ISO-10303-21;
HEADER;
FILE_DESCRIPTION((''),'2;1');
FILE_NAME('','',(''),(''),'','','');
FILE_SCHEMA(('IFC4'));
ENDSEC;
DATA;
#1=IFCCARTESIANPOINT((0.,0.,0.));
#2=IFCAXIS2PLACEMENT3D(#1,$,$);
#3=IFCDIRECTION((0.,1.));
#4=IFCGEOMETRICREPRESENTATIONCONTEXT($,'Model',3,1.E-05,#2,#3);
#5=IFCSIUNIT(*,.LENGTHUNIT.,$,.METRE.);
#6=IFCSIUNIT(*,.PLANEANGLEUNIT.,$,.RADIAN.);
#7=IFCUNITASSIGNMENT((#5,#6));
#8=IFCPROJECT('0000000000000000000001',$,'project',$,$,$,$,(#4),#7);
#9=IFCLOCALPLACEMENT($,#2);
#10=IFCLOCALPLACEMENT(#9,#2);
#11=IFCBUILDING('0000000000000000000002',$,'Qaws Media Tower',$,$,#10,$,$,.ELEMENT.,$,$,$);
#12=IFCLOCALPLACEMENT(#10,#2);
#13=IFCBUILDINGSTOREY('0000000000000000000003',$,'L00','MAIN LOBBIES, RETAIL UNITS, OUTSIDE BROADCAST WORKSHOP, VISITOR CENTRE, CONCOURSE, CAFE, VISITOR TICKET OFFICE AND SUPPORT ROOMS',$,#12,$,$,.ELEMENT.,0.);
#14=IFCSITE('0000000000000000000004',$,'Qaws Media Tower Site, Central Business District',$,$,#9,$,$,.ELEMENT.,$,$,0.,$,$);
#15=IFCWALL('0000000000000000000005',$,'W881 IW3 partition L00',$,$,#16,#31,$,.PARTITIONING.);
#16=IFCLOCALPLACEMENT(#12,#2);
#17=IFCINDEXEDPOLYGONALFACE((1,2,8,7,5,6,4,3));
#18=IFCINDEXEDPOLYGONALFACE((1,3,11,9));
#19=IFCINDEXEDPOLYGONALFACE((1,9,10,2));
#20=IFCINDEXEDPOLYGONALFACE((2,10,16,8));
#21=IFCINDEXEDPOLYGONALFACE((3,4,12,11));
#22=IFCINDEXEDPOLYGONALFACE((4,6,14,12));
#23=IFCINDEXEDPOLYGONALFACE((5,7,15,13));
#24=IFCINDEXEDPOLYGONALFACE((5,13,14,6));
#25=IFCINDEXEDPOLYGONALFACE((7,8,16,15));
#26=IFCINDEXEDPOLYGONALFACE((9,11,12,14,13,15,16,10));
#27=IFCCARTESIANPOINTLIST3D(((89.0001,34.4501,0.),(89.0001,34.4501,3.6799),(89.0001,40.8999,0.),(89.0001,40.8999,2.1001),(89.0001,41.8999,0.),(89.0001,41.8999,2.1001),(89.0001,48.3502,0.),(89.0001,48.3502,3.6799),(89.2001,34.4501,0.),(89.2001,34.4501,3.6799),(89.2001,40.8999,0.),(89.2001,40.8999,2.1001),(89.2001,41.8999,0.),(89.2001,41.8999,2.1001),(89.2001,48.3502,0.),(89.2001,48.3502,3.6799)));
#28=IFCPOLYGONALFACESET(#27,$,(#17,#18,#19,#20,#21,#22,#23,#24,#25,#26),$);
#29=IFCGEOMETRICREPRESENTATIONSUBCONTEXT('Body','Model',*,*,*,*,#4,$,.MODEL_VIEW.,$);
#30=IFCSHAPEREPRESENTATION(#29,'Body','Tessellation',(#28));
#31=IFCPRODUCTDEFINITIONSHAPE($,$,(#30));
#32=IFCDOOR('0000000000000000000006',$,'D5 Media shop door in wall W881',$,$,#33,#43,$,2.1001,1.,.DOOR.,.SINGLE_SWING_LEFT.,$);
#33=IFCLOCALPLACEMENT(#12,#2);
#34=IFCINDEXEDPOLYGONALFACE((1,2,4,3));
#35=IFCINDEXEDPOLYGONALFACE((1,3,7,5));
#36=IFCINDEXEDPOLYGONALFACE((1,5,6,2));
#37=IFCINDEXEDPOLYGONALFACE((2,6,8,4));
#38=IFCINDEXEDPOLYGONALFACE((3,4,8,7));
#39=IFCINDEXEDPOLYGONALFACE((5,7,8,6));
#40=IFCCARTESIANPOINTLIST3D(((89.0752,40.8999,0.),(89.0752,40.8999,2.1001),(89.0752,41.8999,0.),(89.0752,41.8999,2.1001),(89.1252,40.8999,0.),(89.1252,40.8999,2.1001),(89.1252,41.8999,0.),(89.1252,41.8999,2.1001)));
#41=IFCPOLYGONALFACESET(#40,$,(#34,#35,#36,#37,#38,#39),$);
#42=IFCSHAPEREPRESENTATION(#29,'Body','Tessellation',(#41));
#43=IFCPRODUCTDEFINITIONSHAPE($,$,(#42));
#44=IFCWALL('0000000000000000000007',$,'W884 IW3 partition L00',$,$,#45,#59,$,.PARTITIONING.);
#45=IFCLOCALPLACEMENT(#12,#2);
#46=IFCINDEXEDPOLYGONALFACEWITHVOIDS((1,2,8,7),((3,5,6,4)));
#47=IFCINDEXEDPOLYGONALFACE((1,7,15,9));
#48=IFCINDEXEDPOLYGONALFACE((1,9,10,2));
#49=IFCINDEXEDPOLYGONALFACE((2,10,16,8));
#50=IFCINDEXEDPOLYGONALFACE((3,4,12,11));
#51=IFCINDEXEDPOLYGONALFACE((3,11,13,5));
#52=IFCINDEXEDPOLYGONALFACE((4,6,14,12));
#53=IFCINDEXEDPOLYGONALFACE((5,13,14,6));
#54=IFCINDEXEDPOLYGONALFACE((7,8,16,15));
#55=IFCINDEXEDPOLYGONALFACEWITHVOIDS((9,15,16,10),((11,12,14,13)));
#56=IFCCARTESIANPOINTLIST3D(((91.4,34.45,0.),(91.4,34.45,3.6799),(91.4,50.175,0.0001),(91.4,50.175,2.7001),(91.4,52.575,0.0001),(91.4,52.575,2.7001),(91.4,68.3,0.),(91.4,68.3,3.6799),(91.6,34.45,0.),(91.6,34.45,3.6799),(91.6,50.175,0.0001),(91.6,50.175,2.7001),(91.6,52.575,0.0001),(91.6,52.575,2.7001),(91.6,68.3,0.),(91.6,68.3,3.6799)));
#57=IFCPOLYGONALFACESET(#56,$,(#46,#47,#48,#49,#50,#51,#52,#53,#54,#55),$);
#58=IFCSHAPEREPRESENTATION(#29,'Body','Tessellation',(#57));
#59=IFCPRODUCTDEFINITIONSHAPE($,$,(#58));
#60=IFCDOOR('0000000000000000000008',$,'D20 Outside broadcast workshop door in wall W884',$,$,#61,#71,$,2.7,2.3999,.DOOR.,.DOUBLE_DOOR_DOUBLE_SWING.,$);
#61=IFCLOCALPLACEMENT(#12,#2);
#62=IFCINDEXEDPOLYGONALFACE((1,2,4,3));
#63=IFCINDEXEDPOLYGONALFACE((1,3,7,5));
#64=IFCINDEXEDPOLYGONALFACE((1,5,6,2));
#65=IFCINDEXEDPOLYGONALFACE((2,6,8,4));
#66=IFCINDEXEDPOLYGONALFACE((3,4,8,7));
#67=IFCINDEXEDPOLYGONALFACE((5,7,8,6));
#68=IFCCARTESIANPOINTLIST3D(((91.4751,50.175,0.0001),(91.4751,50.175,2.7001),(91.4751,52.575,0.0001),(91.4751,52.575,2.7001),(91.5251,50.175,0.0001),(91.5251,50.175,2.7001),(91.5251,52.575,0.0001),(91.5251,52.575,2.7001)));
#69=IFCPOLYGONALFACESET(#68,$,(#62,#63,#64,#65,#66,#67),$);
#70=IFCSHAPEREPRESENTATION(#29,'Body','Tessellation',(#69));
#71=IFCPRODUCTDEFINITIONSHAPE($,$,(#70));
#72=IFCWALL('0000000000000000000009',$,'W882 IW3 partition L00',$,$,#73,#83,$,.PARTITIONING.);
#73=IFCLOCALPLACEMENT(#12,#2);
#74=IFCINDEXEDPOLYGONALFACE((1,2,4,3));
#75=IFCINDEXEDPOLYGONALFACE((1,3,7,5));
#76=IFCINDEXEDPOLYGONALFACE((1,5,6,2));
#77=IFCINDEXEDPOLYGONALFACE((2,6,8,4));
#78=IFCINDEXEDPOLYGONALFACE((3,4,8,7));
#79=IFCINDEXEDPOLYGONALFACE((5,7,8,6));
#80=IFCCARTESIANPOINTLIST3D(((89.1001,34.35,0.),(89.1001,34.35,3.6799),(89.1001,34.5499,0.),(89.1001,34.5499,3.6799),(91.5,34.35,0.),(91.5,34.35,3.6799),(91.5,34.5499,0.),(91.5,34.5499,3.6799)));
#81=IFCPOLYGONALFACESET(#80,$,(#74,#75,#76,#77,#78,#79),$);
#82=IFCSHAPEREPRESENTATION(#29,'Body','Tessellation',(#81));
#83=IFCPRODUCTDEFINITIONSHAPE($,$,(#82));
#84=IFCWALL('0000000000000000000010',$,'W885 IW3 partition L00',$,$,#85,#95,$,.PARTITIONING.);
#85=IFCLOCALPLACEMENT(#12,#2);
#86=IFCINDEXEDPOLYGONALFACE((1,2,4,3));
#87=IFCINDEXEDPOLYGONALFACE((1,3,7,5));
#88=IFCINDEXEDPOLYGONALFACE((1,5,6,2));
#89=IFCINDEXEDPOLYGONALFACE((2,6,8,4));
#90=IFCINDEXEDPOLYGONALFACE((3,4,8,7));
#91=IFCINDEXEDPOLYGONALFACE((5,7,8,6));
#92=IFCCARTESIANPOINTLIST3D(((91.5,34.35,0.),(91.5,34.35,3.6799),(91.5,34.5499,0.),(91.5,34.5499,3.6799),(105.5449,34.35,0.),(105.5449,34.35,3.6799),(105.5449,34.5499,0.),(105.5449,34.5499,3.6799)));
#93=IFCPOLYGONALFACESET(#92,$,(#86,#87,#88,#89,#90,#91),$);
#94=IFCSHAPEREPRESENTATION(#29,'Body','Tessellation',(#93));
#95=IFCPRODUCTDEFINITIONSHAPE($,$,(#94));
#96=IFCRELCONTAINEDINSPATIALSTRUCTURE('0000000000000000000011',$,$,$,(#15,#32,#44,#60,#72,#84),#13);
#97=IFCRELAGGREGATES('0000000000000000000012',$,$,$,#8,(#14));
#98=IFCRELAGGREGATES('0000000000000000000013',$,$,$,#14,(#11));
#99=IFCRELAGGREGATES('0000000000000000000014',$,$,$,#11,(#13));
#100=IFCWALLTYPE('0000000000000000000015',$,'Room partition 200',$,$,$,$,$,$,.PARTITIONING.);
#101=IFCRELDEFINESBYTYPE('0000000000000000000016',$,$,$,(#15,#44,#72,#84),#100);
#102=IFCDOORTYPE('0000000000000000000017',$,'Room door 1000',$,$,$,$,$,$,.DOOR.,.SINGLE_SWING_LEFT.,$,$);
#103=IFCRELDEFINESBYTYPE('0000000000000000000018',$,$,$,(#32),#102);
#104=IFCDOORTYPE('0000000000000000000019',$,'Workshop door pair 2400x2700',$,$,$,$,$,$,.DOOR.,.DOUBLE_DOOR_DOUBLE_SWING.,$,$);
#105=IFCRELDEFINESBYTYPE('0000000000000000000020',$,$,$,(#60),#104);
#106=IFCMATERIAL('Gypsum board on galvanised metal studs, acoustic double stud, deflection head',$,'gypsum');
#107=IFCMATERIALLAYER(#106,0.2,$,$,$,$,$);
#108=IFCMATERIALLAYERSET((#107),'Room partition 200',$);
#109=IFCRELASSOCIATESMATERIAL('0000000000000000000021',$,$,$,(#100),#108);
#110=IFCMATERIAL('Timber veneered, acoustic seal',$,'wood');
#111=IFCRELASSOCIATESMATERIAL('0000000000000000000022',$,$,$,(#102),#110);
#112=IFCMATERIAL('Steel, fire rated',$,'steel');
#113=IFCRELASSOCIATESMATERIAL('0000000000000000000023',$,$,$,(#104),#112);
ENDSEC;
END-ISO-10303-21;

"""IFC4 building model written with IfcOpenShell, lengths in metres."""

from ifc_helpers import new_model, si_unit, direction, frame, frame_2d, origin, place, context, subcontext, project, spatial, rectangle, extrude, material, layer, layer_set, type_object, element, fill, save


model = new_model("IFC4")

# Units and contexts
model_context = context("Model", 3, precision=1e-05, world=origin(), true_north=direction((0.0, 1.0)))
body_context = subcontext(model_context, "Body", "Model", "MODEL_VIEW")
ifc_project = project(units=[si_unit("LENGTHUNIT", "METRE"), si_unit("PLANEANGLEUNIT", "RADIAN")], contexts=[model_context])

# Site, building, storey
site_placement = place(None, origin())
site = spatial("IfcSite", under=ifc_project, at=site_placement, Name="Qaws Media Tower Site, Central Business District", CompositionType="ELEMENT", RefElevation=0.0)
building_placement = place(site_placement, origin())
building = spatial("IfcBuilding", under=site, at=building_placement, Name="Qaws Media Tower", CompositionType="ELEMENT")
storey_placement = place(building_placement, origin())
storey = spatial("IfcBuildingStorey", under=building, at=storey_placement, Name="L00", Description="MAIN LOBBIES, RETAIL UNITS, OUTSIDE BROADCAST WORKSHOP, VISITOR CENTRE, CONCOURSE, CAFE, VISITOR TICKET OFFICE AND SUPPORT ROOMS", CompositionType="ELEMENT", Elevation=0.0)

# Walls, openings, doors
ifc_material_1 = material(Name="Gypsum board on galvanised metal studs, acoustic double stud, deflection head", Category="gypsum")
ifc_layer_1 = layer(ifc_material_1, 0.2)
ifc_layer_set_1 = layer_set([ifc_layer_1], Name="Room partition 200")
wall_type_1 = type_object("IfcWallType", Name="Room partition 200", PredefinedType="PARTITIONING", material=ifc_layer_set_1)
wall_1_placement = place(storey_placement, frame((89.1001, 34.45, 0.0), z_axis=(0.0, 0.0, 1.0), x_axis=(0.0, 1.0, 0.0)))
wall_1 = element("IfcWall", 1, at=wall_1_placement, inside=storey, type_object=wall_type_1, Name="W881 IW3 partition L00", PredefinedType="PARTITIONING", context=body_context, shape_type="SweptSolid", body=[
    extrude(rectangle(XDim=13.9001, YDim=0.2, at=frame_2d((6.9502, 0.0))), origin(), (0.0, 0.0, 1.0), 3.6799),
])
opening_1_placement = place(wall_1_placement, frame((6.45, 0.0, 0.0)))
opening_1 = element("IfcOpeningElement", 2, at=opening_1_placement, cuts=wall_1, PredefinedType="OPENING", context=body_context, shape_type="SweptSolid", body=[
    extrude(rectangle(XDim=1.0, YDim=2.1001, at=frame_2d((0.5, 1.05))), frame((0.0, 0.1099, 0.0), z_axis=(0.0, -1.0, 0.0), x_axis=(1.0, 0.0, 0.0)), (0.0, 0.0, 1.0), 0.22),
])
ifc_material_2 = material(Name="Timber veneered, acoustic seal", Category="wood")
door_type_1 = type_object("IfcDoorType", Name="Room door 1000", OperationType="SINGLE_SWING_LEFT", PredefinedType="DOOR", material=ifc_material_2)
door_1_placement = place(opening_1_placement, origin())
door_1 = element("IfcDoor", 3, at=door_1_placement, inside=storey, type_object=door_type_1, Name="D5 Media shop door in wall W881", OperationType="SINGLE_SWING_LEFT", OverallHeight=2.1001, OverallWidth=1.0, PredefinedType="DOOR", context=body_context, shape_type="SweptSolid", body=[
    extrude(rectangle(XDim=1.0, YDim=2.1001, at=frame_2d((0.5, 1.05))), frame((0.0, 0.0249, 0.0), z_axis=(0.0, -1.0, 0.0), x_axis=(1.0, 0.0, 0.0)), (0.0, 0.0, 1.0), 0.05),
])
fill(opening_1, door_1)
wall_2_placement = place(storey_placement, frame((91.5, 34.45, 0.0), z_axis=(0.0, 0.0, 1.0), x_axis=(0.0, 1.0, 0.0)))
wall_2 = element("IfcWall", 4, at=wall_2_placement, inside=storey, type_object=wall_type_1, Name="W884 IW3 partition L00", PredefinedType="PARTITIONING", context=body_context, shape_type="SweptSolid", body=[
    extrude(rectangle(XDim=33.8501, YDim=0.2, at=frame_2d((16.925, 0.0))), origin(), (0.0, 0.0, 1.0), 3.6799),
])
opening_2_placement = place(wall_2_placement, frame((15.7251, 0.0, 0.0)))
opening_2 = element("IfcOpeningElement", 5, at=opening_2_placement, cuts=wall_2, PredefinedType="OPENING", context=body_context, shape_type="SweptSolid", body=[
    extrude(rectangle(XDim=2.3999, YDim=2.7, at=frame_2d((1.2, 1.3501))), frame((0.0, 0.1099, 0.0), z_axis=(0.0, -1.0, 0.0), x_axis=(1.0, 0.0, 0.0)), (0.0, 0.0, 1.0), 0.22),
])
ifc_material_3 = material(Name="Steel, fire rated", Category="steel")
door_type_2 = type_object("IfcDoorType", Name="Workshop door pair 2400x2700", OperationType="DOUBLE_DOOR_DOUBLE_SWING", PredefinedType="DOOR", material=ifc_material_3)
door_2_placement = place(opening_2_placement, origin())
door_2 = element("IfcDoor", 6, at=door_2_placement, inside=storey, type_object=door_type_2, Name="D20 Outside broadcast workshop door in wall W884", OperationType="DOUBLE_DOOR_DOUBLE_SWING", OverallHeight=2.7, OverallWidth=2.3999, PredefinedType="DOOR", context=body_context, shape_type="SweptSolid", body=[
    extrude(rectangle(XDim=2.3999, YDim=2.7, at=frame_2d((1.2, 1.3501))), frame((0.0, 0.0249, 0.0), z_axis=(0.0, -1.0, 0.0), x_axis=(1.0, 0.0, 0.0)), (0.0, 0.0, 1.0), 0.05),
])
fill(opening_2, door_2)

# Walls
wall_3_placement = place(storey_placement, frame((89.1001, 34.45, 0.0), z_axis=(0.0, 0.0, 1.0), x_axis=(1.0, 0.0, 0.0)))
element("IfcWall", 7, at=wall_3_placement, inside=storey, type_object=wall_type_1, Name="W882 IW3 partition L00", PredefinedType="PARTITIONING", context=body_context, shape_type="SweptSolid", body=[
    extrude(rectangle(XDim=2.3999, YDim=0.2, at=frame_2d((1.2, 0.0))), origin(), (0.0, 0.0, 1.0), 3.6799),
])
wall_4_placement = place(storey_placement, frame((91.5, 34.45, 0.0), z_axis=(0.0, 0.0, 1.0), x_axis=(1.0, 0.0, 0.0)))
element("IfcWall", 8, at=wall_4_placement, inside=storey, type_object=wall_type_1, Name="W885 IW3 partition L00", PredefinedType="PARTITIONING", context=body_context, shape_type="SweptSolid", body=[
    extrude(rectangle(XDim=14.0449, YDim=0.2, at=frame_2d((7.0225, 0.0))), origin(), (0.0, 0.0, 1.0), 3.6799),
])

save(model, "model.ifc")
